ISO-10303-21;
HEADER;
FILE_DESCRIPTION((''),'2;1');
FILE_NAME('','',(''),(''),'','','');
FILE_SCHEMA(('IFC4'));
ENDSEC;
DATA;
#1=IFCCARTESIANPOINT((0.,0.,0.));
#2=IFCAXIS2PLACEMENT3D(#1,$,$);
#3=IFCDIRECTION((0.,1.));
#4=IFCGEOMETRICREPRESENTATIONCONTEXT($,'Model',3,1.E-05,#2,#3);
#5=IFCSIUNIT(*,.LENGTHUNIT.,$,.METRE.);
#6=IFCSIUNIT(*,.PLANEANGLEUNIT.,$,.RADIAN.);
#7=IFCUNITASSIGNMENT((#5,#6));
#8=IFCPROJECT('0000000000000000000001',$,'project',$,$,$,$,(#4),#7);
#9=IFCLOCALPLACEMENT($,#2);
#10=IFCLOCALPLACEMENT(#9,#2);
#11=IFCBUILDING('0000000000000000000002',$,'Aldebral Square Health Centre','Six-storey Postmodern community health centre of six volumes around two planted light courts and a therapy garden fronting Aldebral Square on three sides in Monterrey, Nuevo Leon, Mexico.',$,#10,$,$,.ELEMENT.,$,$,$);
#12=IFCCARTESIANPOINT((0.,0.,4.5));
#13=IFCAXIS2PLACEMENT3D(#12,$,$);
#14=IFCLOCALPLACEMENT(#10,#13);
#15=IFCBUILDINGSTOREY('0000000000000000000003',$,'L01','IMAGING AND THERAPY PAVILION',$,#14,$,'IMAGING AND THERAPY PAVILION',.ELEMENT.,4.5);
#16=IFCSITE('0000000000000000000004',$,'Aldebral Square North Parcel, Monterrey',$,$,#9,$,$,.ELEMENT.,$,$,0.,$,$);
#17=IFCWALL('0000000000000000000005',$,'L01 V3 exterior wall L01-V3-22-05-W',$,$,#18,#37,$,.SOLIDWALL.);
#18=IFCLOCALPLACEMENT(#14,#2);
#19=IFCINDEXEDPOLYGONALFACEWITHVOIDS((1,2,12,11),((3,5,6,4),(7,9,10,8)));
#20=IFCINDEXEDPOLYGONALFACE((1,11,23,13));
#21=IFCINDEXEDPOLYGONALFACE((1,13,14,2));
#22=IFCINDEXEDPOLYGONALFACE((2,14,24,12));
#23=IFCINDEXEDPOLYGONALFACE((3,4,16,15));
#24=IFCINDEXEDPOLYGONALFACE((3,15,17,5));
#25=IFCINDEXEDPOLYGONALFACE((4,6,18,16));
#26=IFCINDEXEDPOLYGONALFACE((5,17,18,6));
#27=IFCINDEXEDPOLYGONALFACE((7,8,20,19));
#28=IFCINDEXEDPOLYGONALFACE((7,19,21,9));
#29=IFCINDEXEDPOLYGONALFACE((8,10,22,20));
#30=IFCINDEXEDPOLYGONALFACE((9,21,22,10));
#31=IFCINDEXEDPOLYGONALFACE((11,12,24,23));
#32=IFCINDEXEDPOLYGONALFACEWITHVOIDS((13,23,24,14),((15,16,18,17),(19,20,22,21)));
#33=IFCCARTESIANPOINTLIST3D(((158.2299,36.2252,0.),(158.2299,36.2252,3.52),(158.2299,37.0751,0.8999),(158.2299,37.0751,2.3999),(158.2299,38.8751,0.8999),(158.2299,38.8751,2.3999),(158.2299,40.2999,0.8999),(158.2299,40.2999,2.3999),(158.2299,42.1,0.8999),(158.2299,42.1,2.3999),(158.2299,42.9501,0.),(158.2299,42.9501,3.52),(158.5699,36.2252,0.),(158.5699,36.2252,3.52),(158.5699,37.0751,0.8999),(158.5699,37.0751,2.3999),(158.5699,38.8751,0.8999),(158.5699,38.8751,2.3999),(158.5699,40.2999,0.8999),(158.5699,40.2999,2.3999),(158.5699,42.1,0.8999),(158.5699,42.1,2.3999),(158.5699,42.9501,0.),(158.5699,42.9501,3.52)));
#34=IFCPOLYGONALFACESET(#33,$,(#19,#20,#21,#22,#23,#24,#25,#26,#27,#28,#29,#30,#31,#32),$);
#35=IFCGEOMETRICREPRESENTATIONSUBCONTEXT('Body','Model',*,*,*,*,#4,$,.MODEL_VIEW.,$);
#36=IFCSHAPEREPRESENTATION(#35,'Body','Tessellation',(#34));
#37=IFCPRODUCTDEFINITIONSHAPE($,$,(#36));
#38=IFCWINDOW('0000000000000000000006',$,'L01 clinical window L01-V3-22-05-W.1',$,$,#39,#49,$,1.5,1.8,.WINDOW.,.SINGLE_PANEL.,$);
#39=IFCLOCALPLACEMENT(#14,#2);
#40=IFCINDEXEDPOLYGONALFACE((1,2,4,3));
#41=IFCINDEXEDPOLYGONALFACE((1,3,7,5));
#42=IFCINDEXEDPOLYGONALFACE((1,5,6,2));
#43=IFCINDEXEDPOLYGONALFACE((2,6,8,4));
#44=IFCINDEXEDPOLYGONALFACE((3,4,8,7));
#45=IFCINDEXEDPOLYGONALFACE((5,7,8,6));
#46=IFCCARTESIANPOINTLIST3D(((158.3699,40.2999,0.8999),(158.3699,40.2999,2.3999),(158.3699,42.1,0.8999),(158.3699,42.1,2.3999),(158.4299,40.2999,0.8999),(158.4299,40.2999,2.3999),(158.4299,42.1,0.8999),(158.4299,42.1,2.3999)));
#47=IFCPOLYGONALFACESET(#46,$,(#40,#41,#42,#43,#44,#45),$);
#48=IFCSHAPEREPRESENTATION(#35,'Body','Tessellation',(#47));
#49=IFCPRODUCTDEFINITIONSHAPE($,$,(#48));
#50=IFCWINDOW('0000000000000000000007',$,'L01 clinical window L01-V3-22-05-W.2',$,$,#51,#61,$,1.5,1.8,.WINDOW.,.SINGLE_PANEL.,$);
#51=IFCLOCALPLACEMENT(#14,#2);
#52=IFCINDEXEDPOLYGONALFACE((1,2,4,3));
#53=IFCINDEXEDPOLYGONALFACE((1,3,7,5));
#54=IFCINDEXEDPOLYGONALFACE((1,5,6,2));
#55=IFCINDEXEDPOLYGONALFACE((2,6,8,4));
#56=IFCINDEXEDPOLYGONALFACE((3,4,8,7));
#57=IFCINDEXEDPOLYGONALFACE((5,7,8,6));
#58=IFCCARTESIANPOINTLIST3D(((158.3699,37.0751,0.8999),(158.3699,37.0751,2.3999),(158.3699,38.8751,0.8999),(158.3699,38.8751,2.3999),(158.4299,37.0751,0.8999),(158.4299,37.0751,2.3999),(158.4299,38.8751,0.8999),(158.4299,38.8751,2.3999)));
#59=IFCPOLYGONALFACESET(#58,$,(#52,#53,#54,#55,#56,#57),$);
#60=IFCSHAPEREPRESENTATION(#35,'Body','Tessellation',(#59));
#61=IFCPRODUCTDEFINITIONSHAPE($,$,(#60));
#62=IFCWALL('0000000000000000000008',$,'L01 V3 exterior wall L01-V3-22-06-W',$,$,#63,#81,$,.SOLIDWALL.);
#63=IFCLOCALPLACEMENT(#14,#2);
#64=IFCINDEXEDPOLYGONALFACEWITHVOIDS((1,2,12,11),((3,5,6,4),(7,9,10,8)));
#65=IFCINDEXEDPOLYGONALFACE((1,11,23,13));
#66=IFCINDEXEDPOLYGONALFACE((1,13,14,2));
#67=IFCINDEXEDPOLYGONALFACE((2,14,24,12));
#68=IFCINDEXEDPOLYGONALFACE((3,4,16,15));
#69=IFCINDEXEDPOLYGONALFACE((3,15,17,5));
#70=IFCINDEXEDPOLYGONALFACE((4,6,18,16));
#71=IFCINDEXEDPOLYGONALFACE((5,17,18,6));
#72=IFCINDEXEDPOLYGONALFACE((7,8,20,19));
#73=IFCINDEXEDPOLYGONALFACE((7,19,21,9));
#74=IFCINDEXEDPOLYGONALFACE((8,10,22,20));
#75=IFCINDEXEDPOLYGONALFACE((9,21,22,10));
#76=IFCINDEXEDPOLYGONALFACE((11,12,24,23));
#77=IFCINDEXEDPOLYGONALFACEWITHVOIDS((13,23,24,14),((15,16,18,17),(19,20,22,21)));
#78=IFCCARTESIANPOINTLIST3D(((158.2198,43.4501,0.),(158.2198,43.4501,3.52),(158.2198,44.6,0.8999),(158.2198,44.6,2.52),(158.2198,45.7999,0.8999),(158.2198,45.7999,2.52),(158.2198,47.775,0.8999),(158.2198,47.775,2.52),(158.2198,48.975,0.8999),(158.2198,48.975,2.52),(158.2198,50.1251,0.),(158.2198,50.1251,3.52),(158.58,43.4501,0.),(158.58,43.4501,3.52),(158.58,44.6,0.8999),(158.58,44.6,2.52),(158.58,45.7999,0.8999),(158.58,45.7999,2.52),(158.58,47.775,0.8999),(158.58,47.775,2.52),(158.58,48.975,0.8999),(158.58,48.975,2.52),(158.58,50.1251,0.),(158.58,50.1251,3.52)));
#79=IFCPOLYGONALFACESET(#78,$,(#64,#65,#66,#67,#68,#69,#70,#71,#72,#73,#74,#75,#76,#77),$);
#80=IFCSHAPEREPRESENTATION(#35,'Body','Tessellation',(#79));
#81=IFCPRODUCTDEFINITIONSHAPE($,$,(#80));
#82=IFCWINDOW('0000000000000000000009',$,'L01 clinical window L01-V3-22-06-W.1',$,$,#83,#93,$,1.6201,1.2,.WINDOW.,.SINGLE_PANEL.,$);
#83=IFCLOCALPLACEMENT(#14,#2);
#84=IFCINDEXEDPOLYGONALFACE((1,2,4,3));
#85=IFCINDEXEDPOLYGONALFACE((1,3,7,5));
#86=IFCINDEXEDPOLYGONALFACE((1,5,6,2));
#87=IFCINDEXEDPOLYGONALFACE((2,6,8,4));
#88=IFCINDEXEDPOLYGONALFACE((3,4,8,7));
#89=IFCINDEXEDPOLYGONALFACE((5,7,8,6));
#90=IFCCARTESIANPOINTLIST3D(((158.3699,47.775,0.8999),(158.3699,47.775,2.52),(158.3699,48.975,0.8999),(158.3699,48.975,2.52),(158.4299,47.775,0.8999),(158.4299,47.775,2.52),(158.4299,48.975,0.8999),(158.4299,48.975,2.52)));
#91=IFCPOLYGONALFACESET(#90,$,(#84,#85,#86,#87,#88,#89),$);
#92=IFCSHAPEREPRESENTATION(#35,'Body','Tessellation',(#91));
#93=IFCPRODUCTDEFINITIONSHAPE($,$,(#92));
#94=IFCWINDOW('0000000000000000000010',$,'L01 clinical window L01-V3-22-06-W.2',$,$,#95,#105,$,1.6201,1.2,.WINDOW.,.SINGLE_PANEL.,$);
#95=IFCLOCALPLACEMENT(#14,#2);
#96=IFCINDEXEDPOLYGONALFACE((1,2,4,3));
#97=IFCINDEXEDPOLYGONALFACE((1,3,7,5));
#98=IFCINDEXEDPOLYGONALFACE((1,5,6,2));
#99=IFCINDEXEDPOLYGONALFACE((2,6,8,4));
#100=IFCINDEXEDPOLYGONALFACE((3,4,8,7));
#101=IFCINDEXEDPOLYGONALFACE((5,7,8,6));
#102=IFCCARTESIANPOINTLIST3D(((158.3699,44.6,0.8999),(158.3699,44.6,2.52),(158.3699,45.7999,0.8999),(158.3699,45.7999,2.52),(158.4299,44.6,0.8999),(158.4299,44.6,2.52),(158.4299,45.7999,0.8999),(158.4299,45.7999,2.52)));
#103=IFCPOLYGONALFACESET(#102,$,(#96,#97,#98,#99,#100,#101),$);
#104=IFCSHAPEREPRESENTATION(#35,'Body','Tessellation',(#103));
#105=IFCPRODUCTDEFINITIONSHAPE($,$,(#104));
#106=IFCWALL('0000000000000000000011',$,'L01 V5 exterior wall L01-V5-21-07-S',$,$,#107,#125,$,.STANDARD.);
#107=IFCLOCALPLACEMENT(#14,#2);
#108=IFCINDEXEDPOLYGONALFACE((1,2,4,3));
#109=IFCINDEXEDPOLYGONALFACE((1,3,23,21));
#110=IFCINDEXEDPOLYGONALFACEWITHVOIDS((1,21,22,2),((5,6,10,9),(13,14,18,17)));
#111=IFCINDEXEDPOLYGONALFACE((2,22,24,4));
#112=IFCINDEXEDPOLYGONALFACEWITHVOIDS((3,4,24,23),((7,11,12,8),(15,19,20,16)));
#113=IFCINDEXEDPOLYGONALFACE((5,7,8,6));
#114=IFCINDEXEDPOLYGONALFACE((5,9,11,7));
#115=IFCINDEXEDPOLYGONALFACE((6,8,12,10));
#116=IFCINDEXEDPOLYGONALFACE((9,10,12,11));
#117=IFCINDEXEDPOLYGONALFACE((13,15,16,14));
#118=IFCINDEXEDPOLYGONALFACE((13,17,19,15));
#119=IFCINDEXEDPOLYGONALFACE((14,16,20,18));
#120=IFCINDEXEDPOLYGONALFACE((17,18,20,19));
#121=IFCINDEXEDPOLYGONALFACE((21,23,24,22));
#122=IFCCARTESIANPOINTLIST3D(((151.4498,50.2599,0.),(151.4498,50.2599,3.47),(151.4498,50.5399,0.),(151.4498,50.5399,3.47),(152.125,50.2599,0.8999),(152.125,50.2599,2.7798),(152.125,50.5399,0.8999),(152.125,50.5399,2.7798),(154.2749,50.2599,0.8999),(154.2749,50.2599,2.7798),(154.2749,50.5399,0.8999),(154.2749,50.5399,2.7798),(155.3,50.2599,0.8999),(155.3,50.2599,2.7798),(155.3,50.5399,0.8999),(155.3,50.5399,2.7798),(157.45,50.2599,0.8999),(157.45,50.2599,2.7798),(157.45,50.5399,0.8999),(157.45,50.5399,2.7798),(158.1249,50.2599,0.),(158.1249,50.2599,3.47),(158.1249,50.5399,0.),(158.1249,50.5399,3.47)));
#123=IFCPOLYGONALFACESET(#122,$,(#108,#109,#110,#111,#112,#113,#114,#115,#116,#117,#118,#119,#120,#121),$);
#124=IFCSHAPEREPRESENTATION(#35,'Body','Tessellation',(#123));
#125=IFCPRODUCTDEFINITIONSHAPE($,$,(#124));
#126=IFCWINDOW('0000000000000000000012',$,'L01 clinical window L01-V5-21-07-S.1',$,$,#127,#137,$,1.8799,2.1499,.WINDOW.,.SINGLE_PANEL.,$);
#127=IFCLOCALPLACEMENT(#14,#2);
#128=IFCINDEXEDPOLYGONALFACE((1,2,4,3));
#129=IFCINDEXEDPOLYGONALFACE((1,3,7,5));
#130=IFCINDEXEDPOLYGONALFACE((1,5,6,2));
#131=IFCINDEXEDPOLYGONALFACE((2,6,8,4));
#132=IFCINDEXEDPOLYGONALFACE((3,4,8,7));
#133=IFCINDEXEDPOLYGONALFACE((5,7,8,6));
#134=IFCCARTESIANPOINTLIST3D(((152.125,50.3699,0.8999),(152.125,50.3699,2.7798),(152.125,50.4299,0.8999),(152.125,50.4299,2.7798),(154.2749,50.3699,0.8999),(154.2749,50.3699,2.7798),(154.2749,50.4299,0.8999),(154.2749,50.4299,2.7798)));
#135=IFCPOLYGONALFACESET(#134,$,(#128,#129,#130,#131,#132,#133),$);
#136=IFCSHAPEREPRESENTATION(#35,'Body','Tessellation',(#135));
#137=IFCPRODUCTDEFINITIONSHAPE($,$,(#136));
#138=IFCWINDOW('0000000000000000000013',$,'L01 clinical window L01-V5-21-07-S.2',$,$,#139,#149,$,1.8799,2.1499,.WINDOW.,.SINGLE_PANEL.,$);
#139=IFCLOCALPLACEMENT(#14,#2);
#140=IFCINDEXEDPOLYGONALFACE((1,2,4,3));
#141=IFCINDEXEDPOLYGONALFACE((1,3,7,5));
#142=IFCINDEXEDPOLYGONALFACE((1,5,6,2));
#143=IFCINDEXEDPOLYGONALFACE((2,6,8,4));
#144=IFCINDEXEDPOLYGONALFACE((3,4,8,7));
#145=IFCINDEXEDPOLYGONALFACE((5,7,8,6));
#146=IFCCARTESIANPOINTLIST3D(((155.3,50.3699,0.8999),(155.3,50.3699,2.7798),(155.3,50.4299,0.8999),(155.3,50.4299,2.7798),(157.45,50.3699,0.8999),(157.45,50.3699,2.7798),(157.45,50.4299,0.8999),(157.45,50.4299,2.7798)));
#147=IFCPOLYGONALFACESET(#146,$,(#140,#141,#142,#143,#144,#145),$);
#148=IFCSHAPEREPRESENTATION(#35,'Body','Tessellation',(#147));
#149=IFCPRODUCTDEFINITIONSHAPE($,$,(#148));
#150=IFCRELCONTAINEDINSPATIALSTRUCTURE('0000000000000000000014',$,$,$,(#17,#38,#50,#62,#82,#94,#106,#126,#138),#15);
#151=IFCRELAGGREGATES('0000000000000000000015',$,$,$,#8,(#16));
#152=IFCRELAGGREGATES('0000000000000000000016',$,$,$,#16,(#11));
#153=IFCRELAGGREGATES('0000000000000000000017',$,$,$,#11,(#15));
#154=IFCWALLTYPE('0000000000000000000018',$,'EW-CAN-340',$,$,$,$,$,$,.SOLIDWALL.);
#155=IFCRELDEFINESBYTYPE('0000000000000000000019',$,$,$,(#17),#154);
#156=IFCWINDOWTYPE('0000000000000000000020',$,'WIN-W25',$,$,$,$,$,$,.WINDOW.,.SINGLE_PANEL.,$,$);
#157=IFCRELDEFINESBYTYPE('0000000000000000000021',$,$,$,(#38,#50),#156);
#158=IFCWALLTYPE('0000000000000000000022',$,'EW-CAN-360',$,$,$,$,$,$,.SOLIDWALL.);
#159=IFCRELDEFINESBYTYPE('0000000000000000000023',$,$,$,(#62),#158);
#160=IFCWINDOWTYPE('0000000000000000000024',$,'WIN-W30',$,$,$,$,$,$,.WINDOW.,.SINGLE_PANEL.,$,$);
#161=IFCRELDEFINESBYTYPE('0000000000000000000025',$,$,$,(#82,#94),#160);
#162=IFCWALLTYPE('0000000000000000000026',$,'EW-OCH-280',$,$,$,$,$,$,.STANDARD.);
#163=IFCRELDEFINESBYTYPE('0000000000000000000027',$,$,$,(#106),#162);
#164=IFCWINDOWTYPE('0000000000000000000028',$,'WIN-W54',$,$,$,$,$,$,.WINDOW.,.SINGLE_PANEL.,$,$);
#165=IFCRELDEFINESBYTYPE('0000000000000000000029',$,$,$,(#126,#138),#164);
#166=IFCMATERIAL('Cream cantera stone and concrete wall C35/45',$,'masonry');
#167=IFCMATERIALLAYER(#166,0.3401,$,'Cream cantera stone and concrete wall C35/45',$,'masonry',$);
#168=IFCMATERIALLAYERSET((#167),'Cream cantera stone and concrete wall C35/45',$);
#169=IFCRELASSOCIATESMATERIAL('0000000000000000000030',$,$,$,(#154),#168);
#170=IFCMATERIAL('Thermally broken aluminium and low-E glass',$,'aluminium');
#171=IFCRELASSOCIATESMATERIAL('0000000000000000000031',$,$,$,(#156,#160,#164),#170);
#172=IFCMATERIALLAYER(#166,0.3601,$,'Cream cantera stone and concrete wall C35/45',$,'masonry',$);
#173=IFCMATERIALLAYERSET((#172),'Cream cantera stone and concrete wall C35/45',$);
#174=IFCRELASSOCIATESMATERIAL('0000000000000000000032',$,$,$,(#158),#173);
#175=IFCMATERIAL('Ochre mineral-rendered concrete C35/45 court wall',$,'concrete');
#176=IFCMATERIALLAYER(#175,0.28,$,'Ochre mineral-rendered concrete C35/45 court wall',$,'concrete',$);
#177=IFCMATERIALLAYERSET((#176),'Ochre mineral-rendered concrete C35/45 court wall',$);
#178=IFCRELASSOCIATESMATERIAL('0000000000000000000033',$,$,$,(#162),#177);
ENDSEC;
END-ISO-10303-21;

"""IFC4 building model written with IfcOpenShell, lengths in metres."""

from ifc_helpers import new_model, si_unit, direction, frame, frame_2d, origin, place, context, subcontext, project, spatial, rectangle, extrude, material, layer, layer_set, type_object, element, fill, save


model = new_model("IFC4")

# Units and contexts
model_context = context("Model", 3, precision=1e-05, world=origin(), true_north=direction((0.0, 1.0)))
body_context = subcontext(model_context, "Body", "Model", "MODEL_VIEW")
ifc_project = project(units=[si_unit("LENGTHUNIT", "METRE"), si_unit("PLANEANGLEUNIT", "RADIAN")], contexts=[model_context])

# Site, building, storey
site_placement = place(None, origin())
site = spatial("IfcSite", under=ifc_project, at=site_placement, Name="Aldebral Square North Parcel, Monterrey", CompositionType="ELEMENT", RefElevation=0.0)
building_placement = place(site_placement, origin())
building = spatial("IfcBuilding", under=site, at=building_placement, Name="Aldebral Square Health Centre", Description="Six-storey Postmodern community health centre of six volumes around two planted light courts and a therapy garden fronting Aldebral Square on three sides in Monterrey, Nuevo Leon, Mexico.", CompositionType="ELEMENT")
storey_placement = place(building_placement, frame((0.0, 0.0, 4.5)))
storey = spatial("IfcBuildingStorey", under=building, at=storey_placement, Name="L01", Description="IMAGING AND THERAPY PAVILION", LongName="IMAGING AND THERAPY PAVILION", CompositionType="ELEMENT", Elevation=4.5)

# Walls, openings, windows
ifc_material_1 = material(Name="Cream cantera stone and concrete wall C35/45", Category="masonry")
ifc_layer_1 = layer(ifc_material_1, 0.3401, Name="Cream cantera stone and concrete wall C35/45", Category="masonry")
ifc_layer_set_1 = layer_set([ifc_layer_1], Name="Cream cantera stone and concrete wall C35/45")
wall_type_1 = type_object("IfcWallType", Name="EW-CAN-340", PredefinedType="SOLIDWALL", material=ifc_layer_set_1)
wall_1_placement = place(storey_placement, frame((158.3999, 42.95, 0.0), z_axis=(0.0, 0.0, 1.0), x_axis=(0.0, -1.0, 0.0)))
wall_1 = element("IfcWall", 1, at=wall_1_placement, inside=storey, type_object=wall_type_1, Name="L01 V3 exterior wall L01-V3-22-05-W", PredefinedType="SOLIDWALL", context=body_context, shape_type="SweptSolid", body=[
    extrude(rectangle(XDim=6.7249, YDim=0.3401, at=frame_2d((3.3623, 0.0))), origin(), (0.0, 0.0, 1.0), 3.52),
])
opening_1_placement = place(wall_1_placement, frame((0.8501, 0.0, 0.8999)))
opening_1 = element("IfcOpeningElement", 2, at=opening_1_placement, cuts=wall_1, PredefinedType="OPENING", context=body_context, shape_type="SweptSolid", body=[
    extrude(rectangle(XDim=1.8, YDim=1.5, at=frame_2d((0.8999, 0.75))), frame((0.0, 0.1802, 0.0), z_axis=(0.0, -1.0, 0.0), x_axis=(1.0, 0.0, 0.0)), (0.0, 0.0, 1.0), 0.3601),
])
opening_2_placement = place(wall_1_placement, frame((4.075, 0.0, 0.8999)))
opening_2 = element("IfcOpeningElement", 3, at=opening_2_placement, cuts=wall_1, PredefinedType="OPENING", context=body_context, shape_type="SweptSolid", body=[
    extrude(rectangle(XDim=1.8, YDim=1.5, at=frame_2d((0.8999, 0.75))), frame((0.0, 0.1802, 0.0), z_axis=(0.0, -1.0, 0.0), x_axis=(1.0, 0.0, 0.0)), (0.0, 0.0, 1.0), 0.3601),
])
ifc_material_2 = material(Name="Thermally broken aluminium and low-E glass", Category="aluminium")
window_type_1 = type_object("IfcWindowType", Name="WIN-W25", PartitioningType="SINGLE_PANEL", PredefinedType="WINDOW", material=ifc_material_2)
window_1_placement = place(opening_1_placement, origin())
window_1 = element("IfcWindow", 4, at=window_1_placement, inside=storey, type_object=window_type_1, Name="L01 clinical window L01-V3-22-05-W.1", OverallHeight=1.5, OverallWidth=1.8, PartitioningType="SINGLE_PANEL", PredefinedType="WINDOW", context=body_context, shape_type="SweptSolid", body=[
    extrude(rectangle(XDim=1.8, YDim=1.5, at=frame_2d((0.8999, 0.75))), frame((0.0, 0.03, 0.0), z_axis=(0.0, -1.0, 0.0), x_axis=(1.0, 0.0, 0.0)), (0.0, 0.0, 1.0), 0.0601),
])
fill(opening_1, window_1)
window_2_placement = place(opening_2_placement, origin())
window_2 = element("IfcWindow", 5, at=window_2_placement, inside=storey, type_object=window_type_1, Name="L01 clinical window L01-V3-22-05-W.2", OverallHeight=1.5, OverallWidth=1.8, PartitioningType="SINGLE_PANEL", PredefinedType="WINDOW", context=body_context, shape_type="SweptSolid", body=[
    extrude(rectangle(XDim=1.8, YDim=1.5, at=frame_2d((0.8999, 0.75))), frame((0.0, 0.03, 0.0), z_axis=(0.0, -1.0, 0.0), x_axis=(1.0, 0.0, 0.0)), (0.0, 0.0, 1.0), 0.0601),
])
fill(opening_2, window_2)
ifc_layer_2 = layer(ifc_material_1, 0.3601, Name="Cream cantera stone and concrete wall C35/45", Category="masonry")
ifc_layer_set_2 = layer_set([ifc_layer_2], Name="Cream cantera stone and concrete wall C35/45")
wall_type_2 = type_object("IfcWallType", Name="EW-CAN-360", PredefinedType="SOLIDWALL", material=ifc_layer_set_2)
wall_2_placement = place(storey_placement, frame((158.3999, 50.125, 0.0), z_axis=(0.0, 0.0, 1.0), x_axis=(0.0, -1.0, 0.0)))
wall_2 = element("IfcWall", 6, at=wall_2_placement, inside=storey, type_object=wall_type_2, Name="L01 V3 exterior wall L01-V3-22-06-W", PredefinedType="SOLIDWALL", context=body_context, shape_type="SweptSolid", body=[
    extrude(rectangle(XDim=6.675, YDim=0.3601, at=frame_2d((3.3374, 0.0))), origin(), (0.0, 0.0, 1.0), 3.52),
])
opening_3_placement = place(wall_2_placement, frame((1.1499, 0.0, 0.8999)))
opening_3 = element("IfcOpeningElement", 7, at=opening_3_placement, cuts=wall_2, PredefinedType="OPENING", context=body_context, shape_type="SweptSolid", body=[
    extrude(rectangle(XDim=1.2, YDim=1.6201, at=frame_2d((0.6001, 0.8101))), frame((0.0, 0.1899, 0.0), z_axis=(0.0, -1.0, 0.0), x_axis=(1.0, 0.0, 0.0)), (0.0, 0.0, 1.0), 0.3801),
])
opening_4_placement = place(wall_2_placement, frame((4.325, 0.0, 0.8999)))
opening_4 = element("IfcOpeningElement", 8, at=opening_4_placement, cuts=wall_2, PredefinedType="OPENING", context=body_context, shape_type="SweptSolid", body=[
    extrude(rectangle(XDim=1.2, YDim=1.6201, at=frame_2d((0.6001, 0.8101))), frame((0.0, 0.1899, 0.0), z_axis=(0.0, -1.0, 0.0), x_axis=(1.0, 0.0, 0.0)), (0.0, 0.0, 1.0), 0.3801),
])
window_type_2 = type_object("IfcWindowType", Name="WIN-W30", PartitioningType="SINGLE_PANEL", PredefinedType="WINDOW", material=ifc_material_2)
window_3_placement = place(opening_3_placement, origin())
window_3 = element("IfcWindow", 9, at=window_3_placement, inside=storey, type_object=window_type_2, Name="L01 clinical window L01-V3-22-06-W.1", OverallHeight=1.6201, OverallWidth=1.2, PartitioningType="SINGLE_PANEL", PredefinedType="WINDOW", context=body_context, shape_type="SweptSolid", body=[
    extrude(rectangle(XDim=1.2, YDim=1.6201, at=frame_2d((0.6001, 0.8101))), frame((0.0, 0.03, 0.0), z_axis=(0.0, -1.0, 0.0), x_axis=(1.0, 0.0, 0.0)), (0.0, 0.0, 1.0), 0.0601),
])
fill(opening_3, window_3)
window_4_placement = place(opening_4_placement, origin())
window_4 = element("IfcWindow", 10, at=window_4_placement, inside=storey, type_object=window_type_2, Name="L01 clinical window L01-V3-22-06-W.2", OverallHeight=1.6201, OverallWidth=1.2, PartitioningType="SINGLE_PANEL", PredefinedType="WINDOW", context=body_context, shape_type="SweptSolid", body=[
    extrude(rectangle(XDim=1.2, YDim=1.6201, at=frame_2d((0.6001, 0.8101))), frame((0.0, 0.03, 0.0), z_axis=(0.0, -1.0, 0.0), x_axis=(1.0, 0.0, 0.0)), (0.0, 0.0, 1.0), 0.0601),
])
fill(opening_4, window_4)
ifc_material_3 = material(Name="Ochre mineral-rendered concrete C35/45 court wall", Category="concrete")
ifc_layer_3 = layer(ifc_material_3, 0.28, Name="Ochre mineral-rendered concrete C35/45 court wall", Category="concrete")
ifc_layer_set_3 = layer_set([ifc_layer_3], Name="Ochre mineral-rendered concrete C35/45 court wall")
wall_type_3 = type_object("IfcWallType", Name="EW-OCH-280", PredefinedType="STANDARD", material=ifc_layer_set_3)
wall_3_placement = place(storey_placement, frame((151.45, 50.3999, 0.0), z_axis=(0.0, 0.0, 1.0), x_axis=(1.0, 0.0, 0.0)))
wall_3 = element("IfcWall", 11, at=wall_3_placement, inside=storey, type_object=wall_type_3, Name="L01 V5 exterior wall L01-V5-21-07-S", PredefinedType="STANDARD", context=body_context, shape_type="SweptSolid", body=[
    extrude(rectangle(XDim=6.675, YDim=0.28, at=frame_2d((3.3374, 0.0))), origin(), (0.0, 0.0, 1.0), 3.47),
])
opening_5_placement = place(wall_3_placement, frame((0.675, 0.0, 0.8999)))
opening_5 = element("IfcOpeningElement", 12, at=opening_5_placement, cuts=wall_3, PredefinedType="OPENING", context=body_context, shape_type="SweptSolid", body=[
    extrude(rectangle(XDim=2.1499, YDim=1.8799, at=frame_2d((1.075, 0.9399))), frame((0.0, 0.1499, 0.0), z_axis=(0.0, -1.0, 0.0), x_axis=(1.0, 0.0, 0.0)), (0.0, 0.0, 1.0), 0.3),
])
opening_6_placement = place(wall_3_placement, frame((3.8501, 0.0, 0.8999)))
opening_6 = element("IfcOpeningElement", 13, at=opening_6_placement, cuts=wall_3, PredefinedType="OPENING", context=body_context, shape_type="SweptSolid", body=[
    extrude(rectangle(XDim=2.1499, YDim=1.8799, at=frame_2d((1.075, 0.9399))), frame((0.0, 0.1499, 0.0), z_axis=(0.0, -1.0, 0.0), x_axis=(1.0, 0.0, 0.0)), (0.0, 0.0, 1.0), 0.3),
])
window_type_3 = type_object("IfcWindowType", Name="WIN-W54", PartitioningType="SINGLE_PANEL", PredefinedType="WINDOW", material=ifc_material_2)
window_5_placement = place(opening_5_placement, origin())
window_5 = element("IfcWindow", 14, at=window_5_placement, inside=storey, type_object=window_type_3, Name="L01 clinical window L01-V5-21-07-S.1", OverallHeight=1.8799, OverallWidth=2.1499, PartitioningType="SINGLE_PANEL", PredefinedType="WINDOW", context=body_context, shape_type="SweptSolid", body=[
    extrude(rectangle(XDim=2.1499, YDim=1.8799, at=frame_2d((1.075, 0.9399))), frame((0.0, 0.03, 0.0), z_axis=(0.0, -1.0, 0.0), x_axis=(1.0, 0.0, 0.0)), (0.0, 0.0, 1.0), 0.0601),
])
fill(opening_5, window_5)
window_6_placement = place(opening_6_placement, origin())
window_6 = element("IfcWindow", 15, at=window_6_placement, inside=storey, type_object=window_type_3, Name="L01 clinical window L01-V5-21-07-S.2", OverallHeight=1.8799, OverallWidth=2.1499, PartitioningType="SINGLE_PANEL", PredefinedType="WINDOW", context=body_context, shape_type="SweptSolid", body=[
    extrude(rectangle(XDim=2.1499, YDim=1.8799, at=frame_2d((1.075, 0.9399))), frame((0.0, 0.03, 0.0), z_axis=(0.0, -1.0, 0.0), x_axis=(1.0, 0.0, 0.0)), (0.0, 0.0, 1.0), 0.0601),
])
fill(opening_6, window_6)

save(model, "model.ifc")
